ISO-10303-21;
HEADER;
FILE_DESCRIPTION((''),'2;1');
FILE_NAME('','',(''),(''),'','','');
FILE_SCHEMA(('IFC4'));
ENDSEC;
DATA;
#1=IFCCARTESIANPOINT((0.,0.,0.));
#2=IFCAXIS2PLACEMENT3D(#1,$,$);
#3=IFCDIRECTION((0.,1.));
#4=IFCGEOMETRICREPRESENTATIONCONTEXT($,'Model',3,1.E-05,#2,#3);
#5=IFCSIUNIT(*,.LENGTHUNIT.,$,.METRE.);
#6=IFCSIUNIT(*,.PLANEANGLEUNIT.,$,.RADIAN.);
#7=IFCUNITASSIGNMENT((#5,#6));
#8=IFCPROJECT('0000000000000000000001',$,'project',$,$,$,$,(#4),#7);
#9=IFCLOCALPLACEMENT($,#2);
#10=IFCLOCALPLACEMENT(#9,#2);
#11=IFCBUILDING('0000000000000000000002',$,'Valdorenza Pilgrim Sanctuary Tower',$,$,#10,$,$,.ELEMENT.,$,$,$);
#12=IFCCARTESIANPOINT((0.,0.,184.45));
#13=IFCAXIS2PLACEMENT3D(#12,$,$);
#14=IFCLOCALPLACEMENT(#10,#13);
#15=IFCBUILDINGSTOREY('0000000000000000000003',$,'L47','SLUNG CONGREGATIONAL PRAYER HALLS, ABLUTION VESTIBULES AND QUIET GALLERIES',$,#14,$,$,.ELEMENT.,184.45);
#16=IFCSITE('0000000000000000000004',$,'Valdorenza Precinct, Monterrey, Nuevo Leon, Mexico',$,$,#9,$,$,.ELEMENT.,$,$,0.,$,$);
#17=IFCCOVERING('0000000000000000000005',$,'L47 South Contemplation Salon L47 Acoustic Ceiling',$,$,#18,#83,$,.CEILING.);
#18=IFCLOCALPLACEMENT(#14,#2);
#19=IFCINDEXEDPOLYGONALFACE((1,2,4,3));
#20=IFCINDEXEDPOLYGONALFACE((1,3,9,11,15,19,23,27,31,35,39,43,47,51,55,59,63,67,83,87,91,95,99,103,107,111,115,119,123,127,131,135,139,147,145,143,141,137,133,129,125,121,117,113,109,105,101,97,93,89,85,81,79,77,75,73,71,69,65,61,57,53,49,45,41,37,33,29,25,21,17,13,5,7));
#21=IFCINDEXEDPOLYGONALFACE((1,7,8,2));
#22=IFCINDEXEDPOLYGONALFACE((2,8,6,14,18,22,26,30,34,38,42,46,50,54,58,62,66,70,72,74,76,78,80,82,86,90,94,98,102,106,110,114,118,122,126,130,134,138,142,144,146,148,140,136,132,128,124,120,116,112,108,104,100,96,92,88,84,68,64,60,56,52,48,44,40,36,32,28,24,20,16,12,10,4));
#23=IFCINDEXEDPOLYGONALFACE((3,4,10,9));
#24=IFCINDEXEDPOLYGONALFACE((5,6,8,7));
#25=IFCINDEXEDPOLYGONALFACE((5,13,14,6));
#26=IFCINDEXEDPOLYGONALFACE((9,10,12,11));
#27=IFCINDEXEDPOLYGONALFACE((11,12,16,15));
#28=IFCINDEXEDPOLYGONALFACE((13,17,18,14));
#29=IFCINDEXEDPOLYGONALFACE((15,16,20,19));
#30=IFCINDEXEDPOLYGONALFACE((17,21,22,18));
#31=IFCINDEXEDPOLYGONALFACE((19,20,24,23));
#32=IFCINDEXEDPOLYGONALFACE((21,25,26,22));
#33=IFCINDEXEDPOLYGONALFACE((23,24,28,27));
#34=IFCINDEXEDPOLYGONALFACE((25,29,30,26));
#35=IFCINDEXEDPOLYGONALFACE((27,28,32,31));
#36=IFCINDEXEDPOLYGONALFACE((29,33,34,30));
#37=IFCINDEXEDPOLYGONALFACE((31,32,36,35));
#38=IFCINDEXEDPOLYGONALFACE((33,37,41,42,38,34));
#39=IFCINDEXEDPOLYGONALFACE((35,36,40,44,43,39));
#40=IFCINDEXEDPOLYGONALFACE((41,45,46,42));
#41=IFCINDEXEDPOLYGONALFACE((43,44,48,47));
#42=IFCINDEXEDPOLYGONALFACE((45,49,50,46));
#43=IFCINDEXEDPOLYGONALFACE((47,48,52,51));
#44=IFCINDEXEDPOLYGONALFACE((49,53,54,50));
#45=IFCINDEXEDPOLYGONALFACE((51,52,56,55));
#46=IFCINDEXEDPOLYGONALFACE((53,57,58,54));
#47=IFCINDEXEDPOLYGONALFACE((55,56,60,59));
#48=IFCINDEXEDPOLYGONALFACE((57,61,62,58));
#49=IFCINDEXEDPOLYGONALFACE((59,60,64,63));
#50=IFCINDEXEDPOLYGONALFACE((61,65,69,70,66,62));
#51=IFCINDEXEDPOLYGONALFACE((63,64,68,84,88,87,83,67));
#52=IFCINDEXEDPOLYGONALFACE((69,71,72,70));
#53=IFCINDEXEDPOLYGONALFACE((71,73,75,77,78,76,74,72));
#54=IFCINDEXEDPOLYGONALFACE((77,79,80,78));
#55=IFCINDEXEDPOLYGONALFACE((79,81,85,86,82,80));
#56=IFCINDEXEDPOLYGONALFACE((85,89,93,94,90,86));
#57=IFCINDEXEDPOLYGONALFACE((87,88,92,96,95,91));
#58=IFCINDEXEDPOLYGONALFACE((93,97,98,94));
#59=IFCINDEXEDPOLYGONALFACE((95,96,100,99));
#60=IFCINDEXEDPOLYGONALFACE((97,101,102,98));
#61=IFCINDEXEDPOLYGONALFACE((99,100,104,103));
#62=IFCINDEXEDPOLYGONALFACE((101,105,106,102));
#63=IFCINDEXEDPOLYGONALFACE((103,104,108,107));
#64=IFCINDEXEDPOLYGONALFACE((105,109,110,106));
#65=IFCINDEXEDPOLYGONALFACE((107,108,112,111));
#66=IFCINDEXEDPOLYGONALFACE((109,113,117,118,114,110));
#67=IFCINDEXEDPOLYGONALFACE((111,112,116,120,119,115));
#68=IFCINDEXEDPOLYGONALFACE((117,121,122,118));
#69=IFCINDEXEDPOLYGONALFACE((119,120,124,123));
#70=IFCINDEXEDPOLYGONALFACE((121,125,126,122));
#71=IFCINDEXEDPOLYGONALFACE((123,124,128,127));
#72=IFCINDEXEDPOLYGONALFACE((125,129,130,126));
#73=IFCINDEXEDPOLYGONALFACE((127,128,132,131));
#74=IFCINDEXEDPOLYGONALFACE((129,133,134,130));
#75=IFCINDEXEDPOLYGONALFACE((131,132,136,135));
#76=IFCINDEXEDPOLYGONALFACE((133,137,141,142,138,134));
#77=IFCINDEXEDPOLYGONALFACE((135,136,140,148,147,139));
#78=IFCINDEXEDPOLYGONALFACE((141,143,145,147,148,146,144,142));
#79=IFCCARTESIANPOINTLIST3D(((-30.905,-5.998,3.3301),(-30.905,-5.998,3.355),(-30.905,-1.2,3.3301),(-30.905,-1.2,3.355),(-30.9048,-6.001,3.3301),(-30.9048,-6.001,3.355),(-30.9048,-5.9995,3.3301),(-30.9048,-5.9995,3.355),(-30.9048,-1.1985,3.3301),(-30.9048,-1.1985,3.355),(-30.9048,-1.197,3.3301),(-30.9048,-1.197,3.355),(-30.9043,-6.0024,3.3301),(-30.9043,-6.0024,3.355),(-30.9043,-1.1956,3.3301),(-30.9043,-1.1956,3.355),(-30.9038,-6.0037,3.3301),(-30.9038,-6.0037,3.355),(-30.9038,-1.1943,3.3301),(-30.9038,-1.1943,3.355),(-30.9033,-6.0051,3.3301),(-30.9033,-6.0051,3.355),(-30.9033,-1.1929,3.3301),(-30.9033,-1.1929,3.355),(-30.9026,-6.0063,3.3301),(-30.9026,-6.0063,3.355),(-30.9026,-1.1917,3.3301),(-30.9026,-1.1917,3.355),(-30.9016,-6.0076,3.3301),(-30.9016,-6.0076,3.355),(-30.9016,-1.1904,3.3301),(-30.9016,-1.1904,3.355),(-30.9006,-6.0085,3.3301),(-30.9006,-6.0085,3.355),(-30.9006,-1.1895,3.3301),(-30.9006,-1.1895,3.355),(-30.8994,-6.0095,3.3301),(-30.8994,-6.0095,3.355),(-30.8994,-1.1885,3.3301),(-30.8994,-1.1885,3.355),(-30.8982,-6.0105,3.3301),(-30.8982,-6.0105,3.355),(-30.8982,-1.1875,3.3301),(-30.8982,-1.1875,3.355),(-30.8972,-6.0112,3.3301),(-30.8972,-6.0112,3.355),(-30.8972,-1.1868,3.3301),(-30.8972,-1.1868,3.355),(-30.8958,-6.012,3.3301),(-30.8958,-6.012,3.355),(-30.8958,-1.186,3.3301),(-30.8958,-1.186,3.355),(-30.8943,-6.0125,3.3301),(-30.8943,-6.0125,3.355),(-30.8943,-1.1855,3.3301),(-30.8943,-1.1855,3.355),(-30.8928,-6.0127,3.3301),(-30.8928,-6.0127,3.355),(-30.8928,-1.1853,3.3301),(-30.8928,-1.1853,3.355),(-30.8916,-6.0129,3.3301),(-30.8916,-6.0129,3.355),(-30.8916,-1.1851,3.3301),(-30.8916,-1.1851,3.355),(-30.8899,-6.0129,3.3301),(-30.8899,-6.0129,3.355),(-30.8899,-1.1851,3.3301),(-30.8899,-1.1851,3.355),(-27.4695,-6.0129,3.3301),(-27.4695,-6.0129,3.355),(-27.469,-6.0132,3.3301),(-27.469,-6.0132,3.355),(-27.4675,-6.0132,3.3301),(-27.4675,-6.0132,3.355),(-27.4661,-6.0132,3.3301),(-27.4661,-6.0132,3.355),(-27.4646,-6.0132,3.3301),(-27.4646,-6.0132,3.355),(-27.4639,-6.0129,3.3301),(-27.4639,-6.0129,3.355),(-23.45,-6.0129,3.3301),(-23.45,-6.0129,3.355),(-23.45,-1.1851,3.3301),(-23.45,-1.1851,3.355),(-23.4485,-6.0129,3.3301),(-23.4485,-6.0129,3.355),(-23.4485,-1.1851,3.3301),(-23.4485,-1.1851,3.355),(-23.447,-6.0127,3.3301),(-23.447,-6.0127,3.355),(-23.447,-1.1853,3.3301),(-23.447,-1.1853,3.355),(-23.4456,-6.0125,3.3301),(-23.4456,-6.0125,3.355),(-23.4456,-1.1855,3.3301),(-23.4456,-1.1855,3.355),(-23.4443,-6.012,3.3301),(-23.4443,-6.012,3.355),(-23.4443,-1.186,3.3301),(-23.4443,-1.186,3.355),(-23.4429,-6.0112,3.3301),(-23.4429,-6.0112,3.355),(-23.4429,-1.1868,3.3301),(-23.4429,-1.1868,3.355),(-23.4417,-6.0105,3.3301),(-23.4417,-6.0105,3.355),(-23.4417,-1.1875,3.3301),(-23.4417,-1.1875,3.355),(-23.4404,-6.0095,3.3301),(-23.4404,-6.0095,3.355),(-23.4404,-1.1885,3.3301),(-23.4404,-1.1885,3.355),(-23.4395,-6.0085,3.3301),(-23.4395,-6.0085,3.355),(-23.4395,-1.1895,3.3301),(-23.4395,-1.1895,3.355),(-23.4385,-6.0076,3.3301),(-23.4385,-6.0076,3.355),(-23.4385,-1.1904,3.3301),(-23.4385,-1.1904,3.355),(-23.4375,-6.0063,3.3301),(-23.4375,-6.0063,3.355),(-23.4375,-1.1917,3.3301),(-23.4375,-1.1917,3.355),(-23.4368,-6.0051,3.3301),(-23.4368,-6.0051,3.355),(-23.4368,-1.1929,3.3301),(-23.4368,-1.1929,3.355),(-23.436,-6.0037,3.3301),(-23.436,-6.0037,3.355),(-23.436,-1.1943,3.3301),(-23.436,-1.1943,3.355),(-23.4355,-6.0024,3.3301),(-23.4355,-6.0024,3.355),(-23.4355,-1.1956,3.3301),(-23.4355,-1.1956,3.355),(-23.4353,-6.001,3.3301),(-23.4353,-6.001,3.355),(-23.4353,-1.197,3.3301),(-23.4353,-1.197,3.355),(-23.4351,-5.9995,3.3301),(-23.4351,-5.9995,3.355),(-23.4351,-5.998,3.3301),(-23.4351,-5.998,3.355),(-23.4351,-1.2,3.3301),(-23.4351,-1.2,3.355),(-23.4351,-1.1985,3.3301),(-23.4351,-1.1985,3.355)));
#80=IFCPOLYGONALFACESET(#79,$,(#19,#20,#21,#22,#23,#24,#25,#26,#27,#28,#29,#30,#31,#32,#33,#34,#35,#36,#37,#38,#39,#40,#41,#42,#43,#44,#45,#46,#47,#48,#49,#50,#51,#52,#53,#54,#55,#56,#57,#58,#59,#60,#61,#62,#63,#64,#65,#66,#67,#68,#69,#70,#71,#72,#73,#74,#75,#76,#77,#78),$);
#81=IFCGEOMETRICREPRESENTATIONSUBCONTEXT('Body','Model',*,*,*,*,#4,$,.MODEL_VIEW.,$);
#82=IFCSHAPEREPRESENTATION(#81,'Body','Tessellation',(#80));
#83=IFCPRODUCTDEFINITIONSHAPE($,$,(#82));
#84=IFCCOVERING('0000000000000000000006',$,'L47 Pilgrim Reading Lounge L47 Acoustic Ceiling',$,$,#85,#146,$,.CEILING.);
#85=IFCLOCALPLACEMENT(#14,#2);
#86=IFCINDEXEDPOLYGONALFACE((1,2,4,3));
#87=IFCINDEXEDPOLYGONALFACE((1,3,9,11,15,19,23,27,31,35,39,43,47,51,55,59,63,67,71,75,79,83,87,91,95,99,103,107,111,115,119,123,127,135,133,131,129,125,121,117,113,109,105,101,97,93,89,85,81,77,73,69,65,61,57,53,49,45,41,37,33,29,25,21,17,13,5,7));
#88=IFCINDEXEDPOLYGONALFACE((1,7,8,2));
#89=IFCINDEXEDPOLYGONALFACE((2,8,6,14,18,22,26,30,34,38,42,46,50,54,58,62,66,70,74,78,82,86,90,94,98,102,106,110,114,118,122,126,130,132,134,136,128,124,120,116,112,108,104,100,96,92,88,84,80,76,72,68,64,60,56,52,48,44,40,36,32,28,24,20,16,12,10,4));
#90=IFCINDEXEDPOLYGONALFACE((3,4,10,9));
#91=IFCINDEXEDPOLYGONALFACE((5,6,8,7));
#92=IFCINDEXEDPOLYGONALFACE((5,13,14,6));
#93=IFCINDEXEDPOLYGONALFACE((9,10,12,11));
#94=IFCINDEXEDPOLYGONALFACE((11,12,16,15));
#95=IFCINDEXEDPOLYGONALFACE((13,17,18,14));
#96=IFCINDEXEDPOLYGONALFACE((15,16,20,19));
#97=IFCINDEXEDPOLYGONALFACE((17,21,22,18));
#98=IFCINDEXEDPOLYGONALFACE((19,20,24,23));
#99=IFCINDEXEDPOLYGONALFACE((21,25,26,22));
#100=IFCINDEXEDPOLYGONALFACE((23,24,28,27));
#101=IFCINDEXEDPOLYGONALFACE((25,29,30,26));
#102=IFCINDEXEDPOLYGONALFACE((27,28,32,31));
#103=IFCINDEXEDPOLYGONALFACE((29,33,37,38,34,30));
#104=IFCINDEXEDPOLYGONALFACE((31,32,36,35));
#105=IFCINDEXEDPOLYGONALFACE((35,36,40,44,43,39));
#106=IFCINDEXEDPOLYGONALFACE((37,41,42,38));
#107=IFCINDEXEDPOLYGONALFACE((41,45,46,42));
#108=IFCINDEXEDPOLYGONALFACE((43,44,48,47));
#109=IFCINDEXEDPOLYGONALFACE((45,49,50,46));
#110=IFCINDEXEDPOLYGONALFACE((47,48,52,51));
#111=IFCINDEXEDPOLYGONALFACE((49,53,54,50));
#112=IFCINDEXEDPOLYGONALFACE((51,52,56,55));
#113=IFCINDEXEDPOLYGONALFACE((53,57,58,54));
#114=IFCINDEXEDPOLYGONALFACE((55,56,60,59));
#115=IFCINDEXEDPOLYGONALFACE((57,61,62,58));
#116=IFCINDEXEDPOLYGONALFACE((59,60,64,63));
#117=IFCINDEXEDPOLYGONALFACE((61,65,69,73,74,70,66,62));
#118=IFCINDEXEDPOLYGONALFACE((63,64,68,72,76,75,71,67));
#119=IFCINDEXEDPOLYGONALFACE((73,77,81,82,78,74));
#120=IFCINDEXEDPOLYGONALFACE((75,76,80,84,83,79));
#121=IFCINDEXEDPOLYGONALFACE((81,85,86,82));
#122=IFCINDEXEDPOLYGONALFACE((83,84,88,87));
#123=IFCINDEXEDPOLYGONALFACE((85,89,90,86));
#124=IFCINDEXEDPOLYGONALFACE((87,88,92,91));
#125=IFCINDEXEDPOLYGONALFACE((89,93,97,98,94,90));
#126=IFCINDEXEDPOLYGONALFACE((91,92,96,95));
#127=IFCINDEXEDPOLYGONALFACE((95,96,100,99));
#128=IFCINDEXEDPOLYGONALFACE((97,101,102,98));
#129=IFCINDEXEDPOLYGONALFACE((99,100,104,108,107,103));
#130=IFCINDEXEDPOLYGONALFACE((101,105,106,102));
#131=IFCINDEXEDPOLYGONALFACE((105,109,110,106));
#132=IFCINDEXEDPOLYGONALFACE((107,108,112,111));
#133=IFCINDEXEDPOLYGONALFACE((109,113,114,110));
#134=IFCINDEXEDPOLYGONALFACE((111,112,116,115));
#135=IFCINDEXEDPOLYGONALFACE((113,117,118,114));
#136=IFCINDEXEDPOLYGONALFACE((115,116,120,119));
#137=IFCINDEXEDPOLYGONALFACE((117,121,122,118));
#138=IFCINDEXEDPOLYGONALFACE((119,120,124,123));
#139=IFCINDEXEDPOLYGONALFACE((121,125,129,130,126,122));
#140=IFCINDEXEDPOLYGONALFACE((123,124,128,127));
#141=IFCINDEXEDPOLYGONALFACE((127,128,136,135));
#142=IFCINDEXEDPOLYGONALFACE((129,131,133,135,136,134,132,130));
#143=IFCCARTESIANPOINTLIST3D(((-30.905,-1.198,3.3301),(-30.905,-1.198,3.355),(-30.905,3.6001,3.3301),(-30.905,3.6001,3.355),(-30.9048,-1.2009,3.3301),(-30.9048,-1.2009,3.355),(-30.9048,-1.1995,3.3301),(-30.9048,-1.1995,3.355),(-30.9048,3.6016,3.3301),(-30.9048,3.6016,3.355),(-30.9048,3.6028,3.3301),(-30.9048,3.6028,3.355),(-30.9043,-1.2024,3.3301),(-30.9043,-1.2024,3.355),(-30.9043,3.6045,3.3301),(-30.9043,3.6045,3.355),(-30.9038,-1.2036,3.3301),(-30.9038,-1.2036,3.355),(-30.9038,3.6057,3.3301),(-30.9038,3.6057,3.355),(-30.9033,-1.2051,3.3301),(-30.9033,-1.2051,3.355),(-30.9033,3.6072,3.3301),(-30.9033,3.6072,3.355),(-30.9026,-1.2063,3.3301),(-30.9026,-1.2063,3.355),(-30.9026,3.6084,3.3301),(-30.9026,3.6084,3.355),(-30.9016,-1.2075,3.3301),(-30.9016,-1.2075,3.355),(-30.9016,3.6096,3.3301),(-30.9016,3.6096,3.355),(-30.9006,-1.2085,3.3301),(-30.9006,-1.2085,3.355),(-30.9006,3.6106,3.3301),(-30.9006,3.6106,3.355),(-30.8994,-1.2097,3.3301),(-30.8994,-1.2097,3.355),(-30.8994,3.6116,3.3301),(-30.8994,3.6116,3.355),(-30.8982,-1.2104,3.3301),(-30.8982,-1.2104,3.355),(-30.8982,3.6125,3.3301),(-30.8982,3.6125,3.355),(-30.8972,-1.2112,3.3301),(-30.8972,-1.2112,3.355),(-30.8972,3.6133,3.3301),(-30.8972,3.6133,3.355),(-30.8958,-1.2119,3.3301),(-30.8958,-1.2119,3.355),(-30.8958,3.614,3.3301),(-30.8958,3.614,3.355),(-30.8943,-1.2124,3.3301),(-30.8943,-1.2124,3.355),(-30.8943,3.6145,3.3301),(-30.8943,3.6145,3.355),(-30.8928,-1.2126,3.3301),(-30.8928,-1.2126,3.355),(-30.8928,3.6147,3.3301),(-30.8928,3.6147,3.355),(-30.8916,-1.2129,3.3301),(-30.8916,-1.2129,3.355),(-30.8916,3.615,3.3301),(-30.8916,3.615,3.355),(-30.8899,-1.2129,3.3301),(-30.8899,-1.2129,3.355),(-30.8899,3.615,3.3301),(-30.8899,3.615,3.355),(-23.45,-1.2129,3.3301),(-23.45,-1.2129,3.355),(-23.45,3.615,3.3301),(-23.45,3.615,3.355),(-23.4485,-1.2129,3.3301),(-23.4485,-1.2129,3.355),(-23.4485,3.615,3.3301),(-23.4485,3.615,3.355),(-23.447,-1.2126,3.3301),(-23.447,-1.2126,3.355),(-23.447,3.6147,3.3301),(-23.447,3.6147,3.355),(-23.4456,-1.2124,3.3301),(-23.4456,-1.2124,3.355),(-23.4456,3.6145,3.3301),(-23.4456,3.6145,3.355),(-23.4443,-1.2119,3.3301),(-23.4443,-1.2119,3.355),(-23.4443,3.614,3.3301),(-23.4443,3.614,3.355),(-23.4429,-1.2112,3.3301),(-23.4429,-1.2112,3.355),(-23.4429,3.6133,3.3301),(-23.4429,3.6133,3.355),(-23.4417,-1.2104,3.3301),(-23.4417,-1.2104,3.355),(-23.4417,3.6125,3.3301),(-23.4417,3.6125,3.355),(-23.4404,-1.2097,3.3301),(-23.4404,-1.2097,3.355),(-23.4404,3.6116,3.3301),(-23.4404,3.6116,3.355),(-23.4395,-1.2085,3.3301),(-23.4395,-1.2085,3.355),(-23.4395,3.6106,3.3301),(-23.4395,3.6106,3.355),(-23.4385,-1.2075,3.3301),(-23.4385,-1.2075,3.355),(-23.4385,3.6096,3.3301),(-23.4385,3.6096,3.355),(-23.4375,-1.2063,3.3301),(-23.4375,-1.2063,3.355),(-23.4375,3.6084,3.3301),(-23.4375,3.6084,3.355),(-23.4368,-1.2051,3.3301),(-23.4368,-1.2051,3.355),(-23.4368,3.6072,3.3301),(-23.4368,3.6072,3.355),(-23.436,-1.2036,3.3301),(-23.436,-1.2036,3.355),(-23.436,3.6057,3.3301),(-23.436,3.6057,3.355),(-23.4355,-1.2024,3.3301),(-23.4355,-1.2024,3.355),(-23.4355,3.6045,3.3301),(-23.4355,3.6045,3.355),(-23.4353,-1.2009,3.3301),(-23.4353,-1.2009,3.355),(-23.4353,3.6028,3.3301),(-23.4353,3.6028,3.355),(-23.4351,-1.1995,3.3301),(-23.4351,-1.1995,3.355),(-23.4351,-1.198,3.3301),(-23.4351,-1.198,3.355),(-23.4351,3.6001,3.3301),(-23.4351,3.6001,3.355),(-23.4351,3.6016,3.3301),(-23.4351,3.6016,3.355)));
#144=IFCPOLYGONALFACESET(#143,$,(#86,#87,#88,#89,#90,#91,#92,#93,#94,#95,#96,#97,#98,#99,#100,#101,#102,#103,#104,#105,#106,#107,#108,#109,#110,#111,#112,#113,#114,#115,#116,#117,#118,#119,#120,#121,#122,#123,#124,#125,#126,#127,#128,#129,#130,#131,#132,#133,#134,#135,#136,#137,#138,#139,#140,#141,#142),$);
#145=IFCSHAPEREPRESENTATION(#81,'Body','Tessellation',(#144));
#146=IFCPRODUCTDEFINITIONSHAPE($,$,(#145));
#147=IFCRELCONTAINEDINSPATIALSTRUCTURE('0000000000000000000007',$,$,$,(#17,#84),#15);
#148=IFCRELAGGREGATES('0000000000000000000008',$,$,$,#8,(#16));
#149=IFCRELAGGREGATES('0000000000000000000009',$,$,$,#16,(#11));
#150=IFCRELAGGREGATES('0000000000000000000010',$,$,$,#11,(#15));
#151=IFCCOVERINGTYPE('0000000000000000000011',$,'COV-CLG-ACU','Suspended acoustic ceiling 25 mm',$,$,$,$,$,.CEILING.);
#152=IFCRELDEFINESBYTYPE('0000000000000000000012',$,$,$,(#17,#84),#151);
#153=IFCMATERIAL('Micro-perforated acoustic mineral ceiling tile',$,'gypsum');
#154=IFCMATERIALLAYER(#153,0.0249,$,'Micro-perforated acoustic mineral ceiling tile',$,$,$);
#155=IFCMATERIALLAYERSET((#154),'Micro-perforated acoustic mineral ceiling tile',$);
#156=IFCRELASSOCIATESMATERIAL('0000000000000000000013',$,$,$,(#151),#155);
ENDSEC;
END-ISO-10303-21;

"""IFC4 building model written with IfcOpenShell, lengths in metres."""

from ifc_helpers import new_model, si_unit, direction, frame, origin, place, context, subcontext, project, spatial, polyline, outline, extrude, material, layer, layer_set, type_object, element, save


model = new_model("IFC4")

# Units and contexts
model_context = context("Model", 3, precision=1e-05, world=origin(), true_north=direction((0.0, 1.0)))
body_context = subcontext(model_context, "Body", "Model", "MODEL_VIEW")
ifc_project = project(units=[si_unit("LENGTHUNIT", "METRE"), si_unit("PLANEANGLEUNIT", "RADIAN")], contexts=[model_context])

# Site, building, storey
site_placement = place(None, origin())
site = spatial("IfcSite", under=ifc_project, at=site_placement, Name="Valdorenza Precinct, Monterrey, Nuevo Leon, Mexico", CompositionType="ELEMENT", RefElevation=0.0)
building_placement = place(site_placement, origin())
building = spatial("IfcBuilding", under=site, at=building_placement, Name="Valdorenza Pilgrim Sanctuary Tower", CompositionType="ELEMENT")
storey_placement = place(building_placement, frame((0.0, 0.0, 184.45)))
storey = spatial("IfcBuildingStorey", under=building, at=storey_placement, Name="L47", Description="SLUNG CONGREGATIONAL PRAYER HALLS, ABLUTION VESTIBULES AND QUIET GALLERIES", CompositionType="ELEMENT", Elevation=184.45)

# Coverings
ifc_material_1 = material(Name="Micro-perforated acoustic mineral ceiling tile", Category="gypsum")
ifc_layer_1 = layer(ifc_material_1, 0.0249, Name="Micro-perforated acoustic mineral ceiling tile")
ifc_layer_set_1 = layer_set([ifc_layer_1], Name="Micro-perforated acoustic mineral ceiling tile")
covering_type_1 = type_object("IfcCoveringType", Name="COV-CLG-ACU", Description="Suspended acoustic ceiling 25 mm", PredefinedType="CEILING", material=ifc_layer_set_1)
covering_1_placement = place(storey_placement, frame((0.0, 0.0, 3.3301)))
element("IfcCovering", 1, at=covering_1_placement, inside=storey, type_object=covering_type_1, Name="L47 South Contemplation Salon L47 Acoustic Ceiling", PredefinedType="CEILING", context=body_context, shape_type="SweptSolid", body=[
    extrude(outline(polyline([(-27.4695, -6.0129), (-30.8899, -6.0129), (-30.8916, -6.0129), (-30.8928, -6.0127), (-30.8943, -6.0125), (-30.8958, -6.012), (-30.8972, -6.0112), (-30.8982, -6.0105), (-30.8994, -6.0095), (-30.9006, -6.0085), (-30.9016, -6.0076), (-30.9026, -6.0063), (-30.9033, -6.0051), (-30.9038, -6.0037), (-30.9043, -6.0024), (-30.9048, -6.001), (-30.9048, -5.9995), (-30.905, -5.998), (-30.905, -1.2), (-30.9048, -1.1985), (-30.9048, -1.197), (-30.9043, -1.1956), (-30.9038, -1.1943), (-30.9033, -1.1929), (-30.9026, -1.1917), (-30.9016, -1.1904), (-30.9006, -1.1895), (-30.8994, -1.1885), (-30.8982, -1.1875), (-30.8972, -1.1868), (-30.8958, -1.186), (-30.8943, -1.1855), (-30.8928, -1.1853), (-30.8916, -1.1851), (-30.8899, -1.1851), (-23.45, -1.1851), (-23.4485, -1.1851), (-23.447, -1.1853), (-23.4456, -1.1855), (-23.4443, -1.186), (-23.4429, -1.1868), (-23.4417, -1.1875), (-23.4404, -1.1885), (-23.4395, -1.1895), (-23.4385, -1.1904), (-23.4375, -1.1917), (-23.4368, -1.1929), (-23.436, -1.1943), (-23.4355, -1.1956), (-23.4353, -1.197), (-23.4351, -1.1985), (-23.4351, -1.2), (-23.4351, -5.998), (-23.4351, -5.9995), (-23.4353, -6.001), (-23.4355, -6.0024), (-23.436, -6.0037), (-23.4368, -6.0051), (-23.4375, -6.0063), (-23.4385, -6.0076), (-23.4395, -6.0085), (-23.4404, -6.0095), (-23.4417, -6.0105), (-23.4429, -6.0112), (-23.4443, -6.012), (-23.4456, -6.0125), (-23.447, -6.0127), (-23.4485, -6.0129), (-23.45, -6.0129), (-27.4639, -6.0129), (-27.4646, -6.0132), (-27.4661, -6.0132), (-27.4675, -6.0132), (-27.469, -6.0132), (-27.4695, -6.0129)])), origin(), (0.0, 0.0, 1.0), 0.0249),
])
covering_2_placement = place(storey_placement, frame((0.0, 0.0, 3.3301)))
element("IfcCovering", 2, at=covering_2_placement, inside=storey, type_object=covering_type_1, Name="L47 Pilgrim Reading Lounge L47 Acoustic Ceiling", PredefinedType="CEILING", context=body_context, shape_type="SweptSolid", body=[
    extrude(outline(polyline([(-23.4351, -1.198), (-23.4351, -1.1995), (-23.4353, -1.2009), (-23.4355, -1.2024), (-23.436, -1.2036), (-23.4368, -1.2051), (-23.4375, -1.2063), (-23.4385, -1.2075), (-23.4395, -1.2085), (-23.4404, -1.2097), (-23.4417, -1.2104), (-23.4429, -1.2112), (-23.4443, -1.2119), (-23.4456, -1.2124), (-23.447, -1.2126), (-23.4485, -1.2129), (-23.45, -1.2129), (-30.8899, -1.2129), (-30.8916, -1.2129), (-30.8928, -1.2126), (-30.8943, -1.2124), (-30.8958, -1.2119), (-30.8972, -1.2112), (-30.8982, -1.2104), (-30.8994, -1.2097), (-30.9006, -1.2085), (-30.9016, -1.2075), (-30.9026, -1.2063), (-30.9033, -1.2051), (-30.9038, -1.2036), (-30.9043, -1.2024), (-30.9048, -1.2009), (-30.9048, -1.1995), (-30.905, -1.198), (-30.905, 3.6001), (-30.9048, 3.6016), (-30.9048, 3.6028), (-30.9043, 3.6045), (-30.9038, 3.6057), (-30.9033, 3.6072), (-30.9026, 3.6084), (-30.9016, 3.6096), (-30.9006, 3.6106), (-30.8994, 3.6116), (-30.8982, 3.6125), (-30.8972, 3.6133), (-30.8958, 3.614), (-30.8943, 3.6145), (-30.8928, 3.6147), (-30.8916, 3.615), (-30.8899, 3.615), (-23.45, 3.615), (-23.4485, 3.615), (-23.447, 3.6147), (-23.4456, 3.6145), (-23.4443, 3.614), (-23.4429, 3.6133), (-23.4417, 3.6125), (-23.4404, 3.6116), (-23.4395, 3.6106), (-23.4385, 3.6096), (-23.4375, 3.6084), (-23.4368, 3.6072), (-23.436, 3.6057), (-23.4355, 3.6045), (-23.4353, 3.6028), (-23.4351, 3.6016), (-23.4351, 3.6001), (-23.4351, -1.198)])), origin(), (0.0, 0.0, 1.0), 0.0249),
])

save(model, "model.ifc")
